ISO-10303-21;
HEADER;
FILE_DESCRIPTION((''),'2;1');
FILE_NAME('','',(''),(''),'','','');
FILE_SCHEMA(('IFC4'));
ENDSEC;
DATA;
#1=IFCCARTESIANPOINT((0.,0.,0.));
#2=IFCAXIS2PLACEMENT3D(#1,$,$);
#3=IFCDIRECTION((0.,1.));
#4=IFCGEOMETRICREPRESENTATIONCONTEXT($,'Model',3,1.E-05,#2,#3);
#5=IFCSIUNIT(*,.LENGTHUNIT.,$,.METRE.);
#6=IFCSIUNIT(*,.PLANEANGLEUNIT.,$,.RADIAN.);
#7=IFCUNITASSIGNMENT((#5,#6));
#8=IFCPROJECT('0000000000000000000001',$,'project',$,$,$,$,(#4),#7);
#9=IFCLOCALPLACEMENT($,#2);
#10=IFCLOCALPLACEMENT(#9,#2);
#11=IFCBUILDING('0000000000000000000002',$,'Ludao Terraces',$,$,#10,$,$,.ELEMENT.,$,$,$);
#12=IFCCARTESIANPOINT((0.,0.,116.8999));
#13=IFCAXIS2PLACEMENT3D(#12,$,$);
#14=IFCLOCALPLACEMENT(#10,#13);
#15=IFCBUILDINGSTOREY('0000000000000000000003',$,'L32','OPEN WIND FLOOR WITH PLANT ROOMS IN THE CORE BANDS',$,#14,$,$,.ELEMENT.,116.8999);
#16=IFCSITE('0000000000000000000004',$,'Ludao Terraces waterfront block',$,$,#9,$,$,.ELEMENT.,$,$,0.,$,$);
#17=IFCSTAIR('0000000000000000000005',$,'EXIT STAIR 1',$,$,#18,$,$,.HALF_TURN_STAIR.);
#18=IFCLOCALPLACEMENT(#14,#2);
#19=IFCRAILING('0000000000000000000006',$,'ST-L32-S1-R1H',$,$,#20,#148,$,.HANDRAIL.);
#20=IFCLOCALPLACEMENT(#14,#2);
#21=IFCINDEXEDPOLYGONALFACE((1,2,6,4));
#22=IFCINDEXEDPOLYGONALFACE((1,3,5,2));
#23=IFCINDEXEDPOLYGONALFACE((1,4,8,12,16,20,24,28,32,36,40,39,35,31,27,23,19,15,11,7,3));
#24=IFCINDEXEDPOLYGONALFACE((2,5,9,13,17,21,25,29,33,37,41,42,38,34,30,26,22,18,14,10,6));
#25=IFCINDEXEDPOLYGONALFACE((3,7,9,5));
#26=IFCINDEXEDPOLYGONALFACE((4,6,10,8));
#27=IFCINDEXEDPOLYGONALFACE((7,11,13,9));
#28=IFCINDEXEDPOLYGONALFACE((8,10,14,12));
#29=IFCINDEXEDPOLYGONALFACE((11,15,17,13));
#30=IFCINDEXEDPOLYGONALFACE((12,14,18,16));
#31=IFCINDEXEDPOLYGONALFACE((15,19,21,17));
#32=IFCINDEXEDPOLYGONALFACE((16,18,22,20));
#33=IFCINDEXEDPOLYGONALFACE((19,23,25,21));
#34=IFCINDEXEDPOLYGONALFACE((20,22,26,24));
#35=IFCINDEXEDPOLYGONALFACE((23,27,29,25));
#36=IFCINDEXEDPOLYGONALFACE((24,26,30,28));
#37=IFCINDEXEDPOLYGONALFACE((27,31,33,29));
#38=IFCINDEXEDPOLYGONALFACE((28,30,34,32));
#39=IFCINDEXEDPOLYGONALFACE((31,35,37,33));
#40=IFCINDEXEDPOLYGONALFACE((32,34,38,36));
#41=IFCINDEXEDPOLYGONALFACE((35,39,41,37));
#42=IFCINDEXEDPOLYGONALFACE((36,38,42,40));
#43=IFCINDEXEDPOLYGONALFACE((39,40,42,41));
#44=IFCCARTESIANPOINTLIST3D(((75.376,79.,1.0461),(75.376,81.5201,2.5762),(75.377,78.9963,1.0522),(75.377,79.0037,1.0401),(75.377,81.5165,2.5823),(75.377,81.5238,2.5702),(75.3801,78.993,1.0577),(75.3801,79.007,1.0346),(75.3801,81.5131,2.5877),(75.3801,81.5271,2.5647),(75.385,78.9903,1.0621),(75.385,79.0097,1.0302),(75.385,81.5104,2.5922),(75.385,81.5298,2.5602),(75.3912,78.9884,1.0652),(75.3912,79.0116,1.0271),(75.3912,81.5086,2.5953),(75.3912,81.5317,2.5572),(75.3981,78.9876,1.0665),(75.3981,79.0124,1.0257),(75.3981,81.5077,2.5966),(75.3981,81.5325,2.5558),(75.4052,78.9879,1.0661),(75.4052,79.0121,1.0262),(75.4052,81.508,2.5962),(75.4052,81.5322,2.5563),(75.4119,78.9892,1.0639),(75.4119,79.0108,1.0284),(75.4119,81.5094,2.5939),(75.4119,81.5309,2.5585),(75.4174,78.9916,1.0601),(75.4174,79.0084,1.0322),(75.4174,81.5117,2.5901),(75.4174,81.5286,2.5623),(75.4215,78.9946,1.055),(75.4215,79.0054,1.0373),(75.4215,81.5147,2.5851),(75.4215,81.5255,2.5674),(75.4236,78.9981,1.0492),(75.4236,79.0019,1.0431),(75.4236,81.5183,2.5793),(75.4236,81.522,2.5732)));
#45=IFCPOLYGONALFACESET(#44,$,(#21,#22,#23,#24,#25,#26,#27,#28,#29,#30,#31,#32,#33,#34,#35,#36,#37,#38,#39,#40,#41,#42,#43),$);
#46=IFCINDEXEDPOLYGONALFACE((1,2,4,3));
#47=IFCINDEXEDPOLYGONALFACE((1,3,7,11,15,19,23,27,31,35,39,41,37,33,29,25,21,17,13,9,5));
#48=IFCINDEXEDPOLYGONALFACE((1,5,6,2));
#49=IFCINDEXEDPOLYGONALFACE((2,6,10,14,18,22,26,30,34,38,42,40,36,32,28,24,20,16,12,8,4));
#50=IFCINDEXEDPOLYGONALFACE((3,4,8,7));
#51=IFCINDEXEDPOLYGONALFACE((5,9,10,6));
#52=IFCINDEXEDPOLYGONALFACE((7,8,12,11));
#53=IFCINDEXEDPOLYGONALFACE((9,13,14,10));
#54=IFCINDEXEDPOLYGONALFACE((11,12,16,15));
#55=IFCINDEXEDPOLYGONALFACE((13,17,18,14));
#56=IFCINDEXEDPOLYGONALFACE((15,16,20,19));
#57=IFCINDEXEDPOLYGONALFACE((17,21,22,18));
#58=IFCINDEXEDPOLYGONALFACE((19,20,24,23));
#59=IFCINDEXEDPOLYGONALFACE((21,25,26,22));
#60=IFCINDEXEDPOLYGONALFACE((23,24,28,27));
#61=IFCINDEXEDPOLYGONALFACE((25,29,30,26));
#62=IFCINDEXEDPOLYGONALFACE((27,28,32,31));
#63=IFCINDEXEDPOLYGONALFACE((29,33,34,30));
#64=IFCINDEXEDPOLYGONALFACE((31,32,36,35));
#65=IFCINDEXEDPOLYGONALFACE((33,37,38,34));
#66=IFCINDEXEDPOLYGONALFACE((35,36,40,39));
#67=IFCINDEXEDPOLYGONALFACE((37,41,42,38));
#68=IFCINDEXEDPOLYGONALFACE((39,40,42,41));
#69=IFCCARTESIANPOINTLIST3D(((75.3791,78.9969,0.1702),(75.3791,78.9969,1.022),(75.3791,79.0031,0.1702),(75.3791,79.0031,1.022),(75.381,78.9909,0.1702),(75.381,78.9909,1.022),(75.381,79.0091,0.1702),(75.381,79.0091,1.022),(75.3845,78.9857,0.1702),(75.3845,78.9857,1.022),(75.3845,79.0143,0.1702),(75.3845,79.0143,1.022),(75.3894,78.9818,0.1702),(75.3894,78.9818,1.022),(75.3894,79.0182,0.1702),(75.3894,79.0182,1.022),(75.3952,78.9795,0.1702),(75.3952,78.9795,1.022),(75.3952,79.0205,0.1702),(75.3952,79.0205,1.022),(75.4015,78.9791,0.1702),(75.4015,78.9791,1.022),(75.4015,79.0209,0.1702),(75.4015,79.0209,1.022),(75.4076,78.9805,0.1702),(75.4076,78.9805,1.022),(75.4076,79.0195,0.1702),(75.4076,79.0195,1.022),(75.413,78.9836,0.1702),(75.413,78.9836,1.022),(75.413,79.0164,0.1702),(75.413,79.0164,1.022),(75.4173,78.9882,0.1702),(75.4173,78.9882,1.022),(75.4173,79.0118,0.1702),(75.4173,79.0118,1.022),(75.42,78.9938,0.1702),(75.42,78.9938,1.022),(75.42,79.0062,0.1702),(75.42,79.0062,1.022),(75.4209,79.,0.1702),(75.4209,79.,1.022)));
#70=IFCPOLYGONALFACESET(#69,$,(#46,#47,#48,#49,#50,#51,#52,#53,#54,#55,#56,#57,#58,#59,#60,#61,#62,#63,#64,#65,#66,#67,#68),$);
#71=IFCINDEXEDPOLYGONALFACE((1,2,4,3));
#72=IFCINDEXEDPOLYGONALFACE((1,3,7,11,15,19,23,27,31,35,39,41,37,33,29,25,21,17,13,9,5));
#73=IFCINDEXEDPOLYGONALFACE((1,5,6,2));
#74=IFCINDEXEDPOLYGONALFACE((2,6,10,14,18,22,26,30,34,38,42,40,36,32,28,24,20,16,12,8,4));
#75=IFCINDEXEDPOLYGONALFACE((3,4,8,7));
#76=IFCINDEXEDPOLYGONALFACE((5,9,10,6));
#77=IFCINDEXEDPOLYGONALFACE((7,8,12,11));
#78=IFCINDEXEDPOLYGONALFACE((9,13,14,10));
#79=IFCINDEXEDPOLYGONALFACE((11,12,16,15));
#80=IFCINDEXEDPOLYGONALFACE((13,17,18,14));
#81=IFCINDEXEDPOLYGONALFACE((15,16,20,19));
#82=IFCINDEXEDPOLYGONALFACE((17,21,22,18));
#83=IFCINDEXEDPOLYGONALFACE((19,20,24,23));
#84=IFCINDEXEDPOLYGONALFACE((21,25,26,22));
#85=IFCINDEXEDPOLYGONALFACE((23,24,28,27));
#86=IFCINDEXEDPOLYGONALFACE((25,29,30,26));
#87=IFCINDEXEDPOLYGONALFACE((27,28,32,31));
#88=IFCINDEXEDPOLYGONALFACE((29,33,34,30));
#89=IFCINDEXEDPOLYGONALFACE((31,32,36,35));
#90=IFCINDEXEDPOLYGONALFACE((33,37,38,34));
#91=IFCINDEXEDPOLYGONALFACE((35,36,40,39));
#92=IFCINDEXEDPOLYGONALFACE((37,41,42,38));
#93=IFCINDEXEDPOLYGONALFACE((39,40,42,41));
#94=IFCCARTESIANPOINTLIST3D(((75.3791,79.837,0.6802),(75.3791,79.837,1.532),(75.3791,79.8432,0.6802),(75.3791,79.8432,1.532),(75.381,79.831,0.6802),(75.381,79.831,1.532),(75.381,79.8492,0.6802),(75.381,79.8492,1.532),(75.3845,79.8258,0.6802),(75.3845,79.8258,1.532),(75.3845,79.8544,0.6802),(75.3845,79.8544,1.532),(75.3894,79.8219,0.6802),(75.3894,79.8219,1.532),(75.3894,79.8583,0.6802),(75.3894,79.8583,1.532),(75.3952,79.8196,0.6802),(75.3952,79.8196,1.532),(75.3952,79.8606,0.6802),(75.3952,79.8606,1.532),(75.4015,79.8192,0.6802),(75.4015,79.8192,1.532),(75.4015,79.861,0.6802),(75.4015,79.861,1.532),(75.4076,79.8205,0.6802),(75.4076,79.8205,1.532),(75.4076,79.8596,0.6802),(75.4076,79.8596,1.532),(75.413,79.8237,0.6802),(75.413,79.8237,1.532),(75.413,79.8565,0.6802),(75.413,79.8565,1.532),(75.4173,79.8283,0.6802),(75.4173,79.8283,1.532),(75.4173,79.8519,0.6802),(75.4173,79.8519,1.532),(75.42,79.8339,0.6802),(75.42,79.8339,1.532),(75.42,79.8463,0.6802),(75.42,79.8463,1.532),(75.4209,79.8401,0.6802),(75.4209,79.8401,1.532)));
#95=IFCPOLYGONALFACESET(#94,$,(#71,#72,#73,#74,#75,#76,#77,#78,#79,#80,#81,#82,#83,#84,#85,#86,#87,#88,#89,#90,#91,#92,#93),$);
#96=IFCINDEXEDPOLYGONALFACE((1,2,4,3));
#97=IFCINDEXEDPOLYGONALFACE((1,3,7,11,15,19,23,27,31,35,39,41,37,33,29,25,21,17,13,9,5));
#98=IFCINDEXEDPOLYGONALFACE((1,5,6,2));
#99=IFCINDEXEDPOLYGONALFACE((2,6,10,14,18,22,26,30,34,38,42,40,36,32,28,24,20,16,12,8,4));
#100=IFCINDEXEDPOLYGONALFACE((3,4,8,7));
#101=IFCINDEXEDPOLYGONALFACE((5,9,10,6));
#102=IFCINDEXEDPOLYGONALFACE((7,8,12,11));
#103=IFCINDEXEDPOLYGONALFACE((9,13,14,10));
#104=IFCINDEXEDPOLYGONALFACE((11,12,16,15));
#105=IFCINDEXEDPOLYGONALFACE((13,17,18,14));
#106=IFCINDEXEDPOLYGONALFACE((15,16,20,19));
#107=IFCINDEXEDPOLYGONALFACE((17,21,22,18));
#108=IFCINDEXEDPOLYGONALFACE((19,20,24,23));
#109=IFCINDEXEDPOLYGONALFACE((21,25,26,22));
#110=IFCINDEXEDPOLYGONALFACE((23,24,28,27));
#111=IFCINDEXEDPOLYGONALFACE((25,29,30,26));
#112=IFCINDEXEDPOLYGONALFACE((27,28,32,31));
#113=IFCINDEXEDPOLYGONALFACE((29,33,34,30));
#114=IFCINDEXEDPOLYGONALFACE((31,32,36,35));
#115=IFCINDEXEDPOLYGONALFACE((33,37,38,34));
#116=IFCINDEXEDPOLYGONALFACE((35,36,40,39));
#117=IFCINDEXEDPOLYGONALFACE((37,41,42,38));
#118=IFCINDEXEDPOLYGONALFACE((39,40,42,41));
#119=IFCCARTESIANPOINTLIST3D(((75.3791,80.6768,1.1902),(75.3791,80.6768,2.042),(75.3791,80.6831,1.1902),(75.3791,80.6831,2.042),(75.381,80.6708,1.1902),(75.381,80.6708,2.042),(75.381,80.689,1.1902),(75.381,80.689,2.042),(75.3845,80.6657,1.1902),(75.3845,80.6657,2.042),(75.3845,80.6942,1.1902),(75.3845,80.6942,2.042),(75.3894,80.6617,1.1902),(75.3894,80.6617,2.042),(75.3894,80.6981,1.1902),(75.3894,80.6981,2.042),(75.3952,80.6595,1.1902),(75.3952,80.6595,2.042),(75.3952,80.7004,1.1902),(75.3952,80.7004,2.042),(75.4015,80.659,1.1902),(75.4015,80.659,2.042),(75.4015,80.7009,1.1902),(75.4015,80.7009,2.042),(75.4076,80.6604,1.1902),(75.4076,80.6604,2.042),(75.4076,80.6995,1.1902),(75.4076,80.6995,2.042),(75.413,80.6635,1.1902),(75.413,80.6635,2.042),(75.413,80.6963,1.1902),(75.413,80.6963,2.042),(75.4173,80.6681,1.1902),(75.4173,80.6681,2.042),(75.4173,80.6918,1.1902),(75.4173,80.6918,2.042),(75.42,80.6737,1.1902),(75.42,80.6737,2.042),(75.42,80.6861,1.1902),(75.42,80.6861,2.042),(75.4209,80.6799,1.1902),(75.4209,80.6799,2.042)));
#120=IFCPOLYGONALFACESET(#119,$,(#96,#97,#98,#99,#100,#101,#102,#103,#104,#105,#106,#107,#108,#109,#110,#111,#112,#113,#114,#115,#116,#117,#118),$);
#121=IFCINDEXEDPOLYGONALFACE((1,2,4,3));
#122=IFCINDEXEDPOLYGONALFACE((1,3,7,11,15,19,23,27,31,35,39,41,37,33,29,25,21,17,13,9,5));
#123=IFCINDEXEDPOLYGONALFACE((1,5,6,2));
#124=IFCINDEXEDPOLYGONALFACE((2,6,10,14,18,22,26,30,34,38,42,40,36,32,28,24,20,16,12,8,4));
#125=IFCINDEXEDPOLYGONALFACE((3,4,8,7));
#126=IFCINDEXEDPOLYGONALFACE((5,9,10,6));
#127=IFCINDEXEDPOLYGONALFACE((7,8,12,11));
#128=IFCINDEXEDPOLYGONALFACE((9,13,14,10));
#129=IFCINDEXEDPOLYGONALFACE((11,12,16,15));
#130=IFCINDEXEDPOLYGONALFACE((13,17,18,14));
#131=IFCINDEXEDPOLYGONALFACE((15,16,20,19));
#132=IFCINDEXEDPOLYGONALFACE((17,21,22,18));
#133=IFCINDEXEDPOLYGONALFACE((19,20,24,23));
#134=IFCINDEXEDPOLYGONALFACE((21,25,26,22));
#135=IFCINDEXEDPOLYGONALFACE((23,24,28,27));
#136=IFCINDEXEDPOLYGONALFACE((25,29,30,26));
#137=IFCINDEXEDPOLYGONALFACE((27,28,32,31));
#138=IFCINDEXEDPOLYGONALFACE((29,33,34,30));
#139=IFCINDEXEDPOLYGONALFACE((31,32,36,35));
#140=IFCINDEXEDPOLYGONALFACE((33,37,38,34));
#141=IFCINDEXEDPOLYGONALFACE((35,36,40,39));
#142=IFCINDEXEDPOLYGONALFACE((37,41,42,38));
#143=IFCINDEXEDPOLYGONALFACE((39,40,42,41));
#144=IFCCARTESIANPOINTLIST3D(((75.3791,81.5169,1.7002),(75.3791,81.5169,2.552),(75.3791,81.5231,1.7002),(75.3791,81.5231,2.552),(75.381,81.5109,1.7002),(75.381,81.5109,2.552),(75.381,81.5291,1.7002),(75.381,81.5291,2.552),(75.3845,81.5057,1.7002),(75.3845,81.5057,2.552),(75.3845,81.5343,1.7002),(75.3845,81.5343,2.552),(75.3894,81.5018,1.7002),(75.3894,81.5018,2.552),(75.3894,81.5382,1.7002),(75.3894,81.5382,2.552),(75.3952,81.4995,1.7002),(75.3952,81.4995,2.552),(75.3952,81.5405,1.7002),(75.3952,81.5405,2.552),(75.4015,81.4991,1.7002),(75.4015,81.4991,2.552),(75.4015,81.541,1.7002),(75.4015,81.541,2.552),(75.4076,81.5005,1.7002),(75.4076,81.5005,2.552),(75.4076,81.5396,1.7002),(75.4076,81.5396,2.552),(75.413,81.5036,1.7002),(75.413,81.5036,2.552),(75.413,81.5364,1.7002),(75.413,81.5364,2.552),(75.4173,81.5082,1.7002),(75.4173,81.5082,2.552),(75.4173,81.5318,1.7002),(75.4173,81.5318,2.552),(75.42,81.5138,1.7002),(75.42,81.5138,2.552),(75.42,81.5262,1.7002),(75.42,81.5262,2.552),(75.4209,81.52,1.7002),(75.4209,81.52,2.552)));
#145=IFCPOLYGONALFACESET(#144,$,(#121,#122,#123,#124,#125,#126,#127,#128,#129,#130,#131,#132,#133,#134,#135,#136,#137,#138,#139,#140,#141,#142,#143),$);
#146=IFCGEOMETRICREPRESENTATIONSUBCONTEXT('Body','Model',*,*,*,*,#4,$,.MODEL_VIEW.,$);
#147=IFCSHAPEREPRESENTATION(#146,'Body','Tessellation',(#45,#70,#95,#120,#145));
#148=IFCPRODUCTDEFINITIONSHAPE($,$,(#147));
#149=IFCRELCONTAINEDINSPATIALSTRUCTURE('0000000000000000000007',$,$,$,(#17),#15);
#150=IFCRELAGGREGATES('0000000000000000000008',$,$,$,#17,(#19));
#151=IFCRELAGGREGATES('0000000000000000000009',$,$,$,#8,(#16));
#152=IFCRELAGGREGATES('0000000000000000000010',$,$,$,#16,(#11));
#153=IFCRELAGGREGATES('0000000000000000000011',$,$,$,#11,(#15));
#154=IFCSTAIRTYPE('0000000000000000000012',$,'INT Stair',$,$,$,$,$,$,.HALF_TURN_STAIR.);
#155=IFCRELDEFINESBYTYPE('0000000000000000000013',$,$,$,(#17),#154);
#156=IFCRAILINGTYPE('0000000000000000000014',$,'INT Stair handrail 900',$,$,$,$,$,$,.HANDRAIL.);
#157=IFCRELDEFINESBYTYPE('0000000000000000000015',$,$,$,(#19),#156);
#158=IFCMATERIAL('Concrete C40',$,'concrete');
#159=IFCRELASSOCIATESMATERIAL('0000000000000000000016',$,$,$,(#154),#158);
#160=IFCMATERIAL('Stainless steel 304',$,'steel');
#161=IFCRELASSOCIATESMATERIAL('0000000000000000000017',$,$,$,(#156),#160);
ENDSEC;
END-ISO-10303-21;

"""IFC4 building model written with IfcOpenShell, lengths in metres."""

from ifc_helpers import new_model, si_unit, direction, frame, origin, origin_2d, place, context, subcontext, project, spatial, circle, extrude, material, type_object, element, aggregate, save


model = new_model("IFC4")

# Units and contexts
model_context = context("Model", 3, precision=1e-05, world=origin(), true_north=direction((0.0, 1.0)))
body_context = subcontext(model_context, "Body", "Model", "MODEL_VIEW")
ifc_project = project(units=[si_unit("LENGTHUNIT", "METRE"), si_unit("PLANEANGLEUNIT", "RADIAN")], contexts=[model_context])

# Site, building, storey
site_placement = place(None, origin())
site = spatial("IfcSite", under=ifc_project, at=site_placement, Name="Ludao Terraces waterfront block", CompositionType="ELEMENT", RefElevation=0.0)
building_placement = place(site_placement, origin())
building = spatial("IfcBuilding", under=site, at=building_placement, Name="Ludao Terraces", CompositionType="ELEMENT")
storey_placement = place(building_placement, frame((0.0, 0.0, 116.8999)))
storey = spatial("IfcBuildingStorey", under=building, at=storey_placement, Name="L32", Description="OPEN WIND FLOOR WITH PLANT ROOMS IN THE CORE BANDS", CompositionType="ELEMENT", Elevation=116.8999)

# Stair, railing
ifc_material_1 = material(Name="Concrete C40", Category="concrete")
stair_type = type_object("IfcStairType", Name="INT Stair", PredefinedType="HALF_TURN_STAIR", material=ifc_material_1)
stair_placement = place(storey_placement, origin())
stair = element("IfcStair", 1, at=stair_placement, inside=storey, type_object=stair_type, Name="EXIT STAIR 1", PredefinedType="HALF_TURN_STAIR")
ifc_material_2 = material(Name="Stainless steel 304", Category="steel")
railing_type_1 = type_object("IfcRailingType", Name="INT Stair handrail 900", PredefinedType="HANDRAIL", material=ifc_material_2)
railing_1_placement = place(storey_placement, frame((75.3999, 79.0, 0.1702)))
railing_1 = element("IfcRailing", 2, at=railing_1_placement, type_object=railing_type_1, Name="ST-L32-S1-R1H", PredefinedType="HANDRAIL", context=body_context, shape_type="SweptSolid", body=[
    extrude(circle(Radius=0.0239, at=origin_2d()), frame((0.0, 0.0, 0.876), z_axis=(0.0, 0.854785, 0.518982), x_axis=(-1.0, 0.0, 0.0)), (0.0, 0.0, 1.0), 2.9482),
    extrude(circle(Radius=0.021, at=origin_2d()), origin(), (0.0, 0.0, 1.0), 0.8518),
    extrude(circle(Radius=0.021, at=origin_2d()), frame((0.0, 0.8401, 0.51)), (0.0, 0.0, 1.0), 0.8518),
    extrude(circle(Radius=0.021, at=origin_2d()), frame((0.0, 1.6799, 1.02)), (0.0, 0.0, 1.0), 0.8518),
    extrude(circle(Radius=0.021, at=origin_2d()), frame((0.0, 2.52, 1.53)), (0.0, 0.0, 1.0), 0.8518),
])
aggregate(stair, [railing_1])

save(model, "model.ifc")
